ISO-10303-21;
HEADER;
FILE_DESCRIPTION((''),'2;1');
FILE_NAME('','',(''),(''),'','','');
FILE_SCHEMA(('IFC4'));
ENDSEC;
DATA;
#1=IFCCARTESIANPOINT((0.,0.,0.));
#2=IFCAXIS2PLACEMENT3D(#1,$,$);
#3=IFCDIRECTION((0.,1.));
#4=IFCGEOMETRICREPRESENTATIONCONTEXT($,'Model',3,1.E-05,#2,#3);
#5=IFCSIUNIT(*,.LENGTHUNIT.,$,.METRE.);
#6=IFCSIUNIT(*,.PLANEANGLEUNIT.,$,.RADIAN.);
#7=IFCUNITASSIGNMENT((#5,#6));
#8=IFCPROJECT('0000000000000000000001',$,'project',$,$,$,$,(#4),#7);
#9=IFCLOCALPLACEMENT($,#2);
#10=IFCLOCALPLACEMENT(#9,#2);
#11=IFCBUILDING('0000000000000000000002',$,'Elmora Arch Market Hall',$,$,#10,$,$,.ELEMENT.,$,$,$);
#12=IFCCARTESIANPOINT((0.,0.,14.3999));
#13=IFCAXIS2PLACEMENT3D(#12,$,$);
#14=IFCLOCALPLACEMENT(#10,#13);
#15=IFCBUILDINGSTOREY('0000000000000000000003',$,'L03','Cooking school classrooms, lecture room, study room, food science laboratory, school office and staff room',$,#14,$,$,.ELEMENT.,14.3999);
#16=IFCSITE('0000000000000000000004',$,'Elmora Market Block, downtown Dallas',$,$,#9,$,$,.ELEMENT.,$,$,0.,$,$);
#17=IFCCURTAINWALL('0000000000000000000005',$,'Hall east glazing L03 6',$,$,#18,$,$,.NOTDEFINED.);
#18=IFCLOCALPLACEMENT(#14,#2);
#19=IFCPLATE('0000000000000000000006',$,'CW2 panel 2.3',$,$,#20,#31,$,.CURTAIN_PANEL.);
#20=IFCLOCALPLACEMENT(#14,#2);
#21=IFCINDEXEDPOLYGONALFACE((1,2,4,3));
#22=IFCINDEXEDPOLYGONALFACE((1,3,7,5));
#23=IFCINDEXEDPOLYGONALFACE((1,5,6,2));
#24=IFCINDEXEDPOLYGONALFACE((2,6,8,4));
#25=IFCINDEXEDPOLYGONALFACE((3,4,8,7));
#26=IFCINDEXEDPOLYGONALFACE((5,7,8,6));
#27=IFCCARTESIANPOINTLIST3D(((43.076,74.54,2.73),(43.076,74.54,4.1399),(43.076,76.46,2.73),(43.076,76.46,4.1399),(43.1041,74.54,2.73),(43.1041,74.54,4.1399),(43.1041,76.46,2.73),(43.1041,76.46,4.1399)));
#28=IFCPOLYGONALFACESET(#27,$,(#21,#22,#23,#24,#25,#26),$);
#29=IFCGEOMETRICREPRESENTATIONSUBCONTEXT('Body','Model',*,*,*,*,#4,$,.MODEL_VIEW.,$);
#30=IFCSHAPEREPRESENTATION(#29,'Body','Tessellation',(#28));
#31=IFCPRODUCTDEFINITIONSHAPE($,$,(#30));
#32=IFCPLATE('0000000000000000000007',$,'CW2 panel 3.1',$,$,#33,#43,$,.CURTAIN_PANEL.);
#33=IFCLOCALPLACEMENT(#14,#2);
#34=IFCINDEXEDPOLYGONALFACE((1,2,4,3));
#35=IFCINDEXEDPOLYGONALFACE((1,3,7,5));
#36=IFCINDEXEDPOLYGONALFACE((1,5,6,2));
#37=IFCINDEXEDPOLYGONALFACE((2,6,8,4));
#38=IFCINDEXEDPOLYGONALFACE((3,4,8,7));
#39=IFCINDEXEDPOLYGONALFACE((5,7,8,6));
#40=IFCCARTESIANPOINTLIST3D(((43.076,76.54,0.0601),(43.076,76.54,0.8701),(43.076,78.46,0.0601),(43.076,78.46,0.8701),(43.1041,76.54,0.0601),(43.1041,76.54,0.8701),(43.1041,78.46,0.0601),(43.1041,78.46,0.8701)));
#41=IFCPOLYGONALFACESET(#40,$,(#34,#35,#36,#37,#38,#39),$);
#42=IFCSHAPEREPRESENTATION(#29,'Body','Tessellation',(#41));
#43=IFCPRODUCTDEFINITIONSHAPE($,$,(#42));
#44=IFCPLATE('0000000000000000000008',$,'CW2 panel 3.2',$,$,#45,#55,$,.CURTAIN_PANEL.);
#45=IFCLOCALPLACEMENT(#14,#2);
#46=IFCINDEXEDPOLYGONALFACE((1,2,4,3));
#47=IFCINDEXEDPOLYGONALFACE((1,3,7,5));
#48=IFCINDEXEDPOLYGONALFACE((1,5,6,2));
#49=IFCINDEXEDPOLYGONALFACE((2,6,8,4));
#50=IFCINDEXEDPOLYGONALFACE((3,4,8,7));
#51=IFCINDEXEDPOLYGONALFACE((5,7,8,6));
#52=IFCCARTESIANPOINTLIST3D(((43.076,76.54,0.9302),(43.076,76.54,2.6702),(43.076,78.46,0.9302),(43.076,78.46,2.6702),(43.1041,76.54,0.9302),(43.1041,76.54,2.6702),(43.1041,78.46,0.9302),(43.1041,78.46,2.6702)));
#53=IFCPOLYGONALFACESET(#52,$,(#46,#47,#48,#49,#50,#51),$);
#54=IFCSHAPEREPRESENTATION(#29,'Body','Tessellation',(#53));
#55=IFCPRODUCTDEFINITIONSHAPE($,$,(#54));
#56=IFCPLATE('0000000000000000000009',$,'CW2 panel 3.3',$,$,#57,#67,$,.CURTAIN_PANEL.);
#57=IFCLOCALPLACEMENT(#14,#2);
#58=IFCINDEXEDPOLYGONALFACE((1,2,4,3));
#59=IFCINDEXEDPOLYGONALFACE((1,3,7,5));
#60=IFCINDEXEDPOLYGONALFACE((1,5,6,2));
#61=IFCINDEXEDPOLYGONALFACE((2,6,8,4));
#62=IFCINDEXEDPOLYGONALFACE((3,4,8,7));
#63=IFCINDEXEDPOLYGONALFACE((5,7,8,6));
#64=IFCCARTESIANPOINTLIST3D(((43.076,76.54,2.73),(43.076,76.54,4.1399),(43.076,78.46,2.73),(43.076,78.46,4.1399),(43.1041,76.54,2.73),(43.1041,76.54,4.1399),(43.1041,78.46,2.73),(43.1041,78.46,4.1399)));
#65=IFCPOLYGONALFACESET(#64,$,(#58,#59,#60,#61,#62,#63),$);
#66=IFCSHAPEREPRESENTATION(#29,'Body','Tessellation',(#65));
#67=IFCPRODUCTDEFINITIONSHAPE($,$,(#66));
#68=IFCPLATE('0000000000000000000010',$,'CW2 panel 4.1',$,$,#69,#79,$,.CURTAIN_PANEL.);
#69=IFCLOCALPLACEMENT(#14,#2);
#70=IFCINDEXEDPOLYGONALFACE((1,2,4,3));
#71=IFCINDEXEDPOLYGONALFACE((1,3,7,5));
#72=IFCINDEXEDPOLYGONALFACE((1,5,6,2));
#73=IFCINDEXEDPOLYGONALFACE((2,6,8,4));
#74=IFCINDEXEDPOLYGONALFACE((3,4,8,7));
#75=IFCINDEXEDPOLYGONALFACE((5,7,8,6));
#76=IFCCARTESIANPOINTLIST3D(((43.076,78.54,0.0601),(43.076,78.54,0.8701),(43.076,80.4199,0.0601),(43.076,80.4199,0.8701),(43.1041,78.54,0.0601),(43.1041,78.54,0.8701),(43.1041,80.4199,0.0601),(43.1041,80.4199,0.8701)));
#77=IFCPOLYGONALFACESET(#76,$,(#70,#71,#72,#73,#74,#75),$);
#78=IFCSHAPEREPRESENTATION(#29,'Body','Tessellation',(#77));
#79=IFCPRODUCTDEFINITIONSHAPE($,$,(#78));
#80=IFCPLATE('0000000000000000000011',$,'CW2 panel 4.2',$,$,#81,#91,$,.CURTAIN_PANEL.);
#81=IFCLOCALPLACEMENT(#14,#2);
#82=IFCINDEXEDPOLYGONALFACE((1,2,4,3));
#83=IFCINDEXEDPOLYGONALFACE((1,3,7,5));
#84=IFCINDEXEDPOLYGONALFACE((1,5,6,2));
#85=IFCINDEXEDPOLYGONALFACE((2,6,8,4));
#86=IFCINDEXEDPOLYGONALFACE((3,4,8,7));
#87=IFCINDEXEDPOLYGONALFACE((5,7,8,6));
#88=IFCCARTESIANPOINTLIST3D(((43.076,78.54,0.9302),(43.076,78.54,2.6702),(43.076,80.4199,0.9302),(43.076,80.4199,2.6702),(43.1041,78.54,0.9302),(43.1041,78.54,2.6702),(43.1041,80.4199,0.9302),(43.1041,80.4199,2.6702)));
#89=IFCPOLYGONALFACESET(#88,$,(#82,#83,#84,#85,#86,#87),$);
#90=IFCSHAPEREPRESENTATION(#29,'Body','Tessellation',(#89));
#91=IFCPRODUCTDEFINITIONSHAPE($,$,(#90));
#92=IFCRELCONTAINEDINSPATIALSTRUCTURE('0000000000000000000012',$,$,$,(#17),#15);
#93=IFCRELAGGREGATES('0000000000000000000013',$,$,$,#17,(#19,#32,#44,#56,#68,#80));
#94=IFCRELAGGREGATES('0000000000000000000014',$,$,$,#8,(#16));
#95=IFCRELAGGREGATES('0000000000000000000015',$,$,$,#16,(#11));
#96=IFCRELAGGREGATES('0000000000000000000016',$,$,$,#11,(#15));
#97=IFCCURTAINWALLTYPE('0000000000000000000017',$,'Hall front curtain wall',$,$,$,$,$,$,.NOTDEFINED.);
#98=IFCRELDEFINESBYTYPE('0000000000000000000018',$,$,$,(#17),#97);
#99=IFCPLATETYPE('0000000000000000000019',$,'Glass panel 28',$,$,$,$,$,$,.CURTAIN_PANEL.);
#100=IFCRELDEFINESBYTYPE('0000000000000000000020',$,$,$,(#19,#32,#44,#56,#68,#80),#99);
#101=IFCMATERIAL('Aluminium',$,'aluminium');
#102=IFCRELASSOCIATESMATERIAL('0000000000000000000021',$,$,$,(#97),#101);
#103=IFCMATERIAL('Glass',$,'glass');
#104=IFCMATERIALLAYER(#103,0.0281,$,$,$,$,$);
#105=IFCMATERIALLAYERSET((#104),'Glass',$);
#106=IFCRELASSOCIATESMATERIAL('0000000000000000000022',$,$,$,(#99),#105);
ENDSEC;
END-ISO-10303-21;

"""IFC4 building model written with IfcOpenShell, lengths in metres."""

from ifc_helpers import new_model, si_unit, direction, frame, origin, origin_2d, place, context, subcontext, project, spatial, rectangle, extrude, material, layer, layer_set, type_object, element, aggregate, save


model = new_model("IFC4")

# Units and contexts
model_context = context("Model", 3, precision=1e-05, world=origin(), true_north=direction((0.0, 1.0)))
body_context = subcontext(model_context, "Body", "Model", "MODEL_VIEW")
ifc_project = project(units=[si_unit("LENGTHUNIT", "METRE"), si_unit("PLANEANGLEUNIT", "RADIAN")], contexts=[model_context])

# Site, building, storey
site_placement = place(None, origin())
site = spatial("IfcSite", under=ifc_project, at=site_placement, Name="Elmora Market Block, downtown Dallas", CompositionType="ELEMENT", RefElevation=0.0)
building_placement = place(site_placement, origin())
building = spatial("IfcBuilding", under=site, at=building_placement, Name="Elmora Arch Market Hall", CompositionType="ELEMENT")
storey_placement = place(building_placement, frame((0.0, 0.0, 14.3999)))
storey = spatial("IfcBuildingStorey", under=building, at=storey_placement, Name="L03", Description="Cooking school classrooms, lecture room, study room, food science laboratory, school office and staff room", CompositionType="ELEMENT", Elevation=14.3999)

# Curtain wall
ifc_material_1 = material(Name="Aluminium", Category="aluminium")
curtain_wall_type = type_object("IfcCurtainWallType", Name="Hall front curtain wall", PredefinedType="NOTDEFINED", material=ifc_material_1)
curtain_wall_placement = place(storey_placement, origin())
curtain_wall = element("IfcCurtainWall", 1, at=curtain_wall_placement, inside=storey, type_object=curtain_wall_type, Name="Hall east glazing L03 6", PredefinedType="NOTDEFINED")

# Plates
ifc_material_2 = material(Name="Glass", Category="glass")
ifc_layer = layer(ifc_material_2, 0.0281)
ifc_layer_set = layer_set([ifc_layer], Name="Glass")
plate_type = type_object("IfcPlateType", Name="Glass panel 28", PredefinedType="CURTAIN_PANEL", material=ifc_layer_set)
plate_1_placement = place(storey_placement, frame((43.0901, 75.5, 2.73), z_axis=(0.0, 0.0, 1.0), x_axis=(0.0, 1.0, 0.0)))
plate_1 = element("IfcPlate", 2, at=plate_1_placement, type_object=plate_type, Name="CW2 panel 2.3", PredefinedType="CURTAIN_PANEL", context=body_context, shape_type="SweptSolid", body=[
    extrude(rectangle(XDim=1.9199, YDim=0.0281, at=origin_2d()), origin(), (0.0, 0.0, 1.0), 1.4099),
])
plate_2_placement = place(storey_placement, frame((43.0901, 77.5, 0.0601), z_axis=(0.0, 0.0, 1.0), x_axis=(0.0, 1.0, 0.0)))
plate_2 = element("IfcPlate", 3, at=plate_2_placement, type_object=plate_type, Name="CW2 panel 3.1", PredefinedType="CURTAIN_PANEL", context=body_context, shape_type="SweptSolid", body=[
    extrude(rectangle(XDim=1.9199, YDim=0.0281, at=origin_2d()), origin(), (0.0, 0.0, 1.0), 0.8101),
])
plate_3_placement = place(storey_placement, frame((43.0901, 77.5, 0.9302), z_axis=(0.0, 0.0, 1.0), x_axis=(0.0, 1.0, 0.0)))
plate_3 = element("IfcPlate", 4, at=plate_3_placement, type_object=plate_type, Name="CW2 panel 3.2", PredefinedType="CURTAIN_PANEL", context=body_context, shape_type="SweptSolid", body=[
    extrude(rectangle(XDim=1.9199, YDim=0.0281, at=origin_2d()), origin(), (0.0, 0.0, 1.0), 1.74),
])
plate_4_placement = place(storey_placement, frame((43.0901, 77.5, 2.73), z_axis=(0.0, 0.0, 1.0), x_axis=(0.0, 1.0, 0.0)))
plate_4 = element("IfcPlate", 5, at=plate_4_placement, type_object=plate_type, Name="CW2 panel 3.3", PredefinedType="CURTAIN_PANEL", context=body_context, shape_type="SweptSolid", body=[
    extrude(rectangle(XDim=1.9199, YDim=0.0281, at=origin_2d()), origin(), (0.0, 0.0, 1.0), 1.4099),
])
plate_5_placement = place(storey_placement, frame((43.0901, 79.48, 0.0601), z_axis=(0.0, 0.0, 1.0), x_axis=(0.0, 1.0, 0.0)))
plate_5 = element("IfcPlate", 6, at=plate_5_placement, type_object=plate_type, Name="CW2 panel 4.1", PredefinedType="CURTAIN_PANEL", context=body_context, shape_type="SweptSolid", body=[
    extrude(rectangle(XDim=1.8799, YDim=0.0281, at=origin_2d()), origin(), (0.0, 0.0, 1.0), 0.8101),
])
plate_6_placement = place(storey_placement, frame((43.0901, 79.48, 0.9302), z_axis=(0.0, 0.0, 1.0), x_axis=(0.0, 1.0, 0.0)))
plate_6 = element("IfcPlate", 7, at=plate_6_placement, type_object=plate_type, Name="CW2 panel 4.2", PredefinedType="CURTAIN_PANEL", context=body_context, shape_type="SweptSolid", body=[
    extrude(rectangle(XDim=1.8799, YDim=0.0281, at=origin_2d()), origin(), (0.0, 0.0, 1.0), 1.74),
])
aggregate(curtain_wall, [plate_1, plate_2, plate_3, plate_4, plate_5, plate_6])

save(model, "model.ifc")
